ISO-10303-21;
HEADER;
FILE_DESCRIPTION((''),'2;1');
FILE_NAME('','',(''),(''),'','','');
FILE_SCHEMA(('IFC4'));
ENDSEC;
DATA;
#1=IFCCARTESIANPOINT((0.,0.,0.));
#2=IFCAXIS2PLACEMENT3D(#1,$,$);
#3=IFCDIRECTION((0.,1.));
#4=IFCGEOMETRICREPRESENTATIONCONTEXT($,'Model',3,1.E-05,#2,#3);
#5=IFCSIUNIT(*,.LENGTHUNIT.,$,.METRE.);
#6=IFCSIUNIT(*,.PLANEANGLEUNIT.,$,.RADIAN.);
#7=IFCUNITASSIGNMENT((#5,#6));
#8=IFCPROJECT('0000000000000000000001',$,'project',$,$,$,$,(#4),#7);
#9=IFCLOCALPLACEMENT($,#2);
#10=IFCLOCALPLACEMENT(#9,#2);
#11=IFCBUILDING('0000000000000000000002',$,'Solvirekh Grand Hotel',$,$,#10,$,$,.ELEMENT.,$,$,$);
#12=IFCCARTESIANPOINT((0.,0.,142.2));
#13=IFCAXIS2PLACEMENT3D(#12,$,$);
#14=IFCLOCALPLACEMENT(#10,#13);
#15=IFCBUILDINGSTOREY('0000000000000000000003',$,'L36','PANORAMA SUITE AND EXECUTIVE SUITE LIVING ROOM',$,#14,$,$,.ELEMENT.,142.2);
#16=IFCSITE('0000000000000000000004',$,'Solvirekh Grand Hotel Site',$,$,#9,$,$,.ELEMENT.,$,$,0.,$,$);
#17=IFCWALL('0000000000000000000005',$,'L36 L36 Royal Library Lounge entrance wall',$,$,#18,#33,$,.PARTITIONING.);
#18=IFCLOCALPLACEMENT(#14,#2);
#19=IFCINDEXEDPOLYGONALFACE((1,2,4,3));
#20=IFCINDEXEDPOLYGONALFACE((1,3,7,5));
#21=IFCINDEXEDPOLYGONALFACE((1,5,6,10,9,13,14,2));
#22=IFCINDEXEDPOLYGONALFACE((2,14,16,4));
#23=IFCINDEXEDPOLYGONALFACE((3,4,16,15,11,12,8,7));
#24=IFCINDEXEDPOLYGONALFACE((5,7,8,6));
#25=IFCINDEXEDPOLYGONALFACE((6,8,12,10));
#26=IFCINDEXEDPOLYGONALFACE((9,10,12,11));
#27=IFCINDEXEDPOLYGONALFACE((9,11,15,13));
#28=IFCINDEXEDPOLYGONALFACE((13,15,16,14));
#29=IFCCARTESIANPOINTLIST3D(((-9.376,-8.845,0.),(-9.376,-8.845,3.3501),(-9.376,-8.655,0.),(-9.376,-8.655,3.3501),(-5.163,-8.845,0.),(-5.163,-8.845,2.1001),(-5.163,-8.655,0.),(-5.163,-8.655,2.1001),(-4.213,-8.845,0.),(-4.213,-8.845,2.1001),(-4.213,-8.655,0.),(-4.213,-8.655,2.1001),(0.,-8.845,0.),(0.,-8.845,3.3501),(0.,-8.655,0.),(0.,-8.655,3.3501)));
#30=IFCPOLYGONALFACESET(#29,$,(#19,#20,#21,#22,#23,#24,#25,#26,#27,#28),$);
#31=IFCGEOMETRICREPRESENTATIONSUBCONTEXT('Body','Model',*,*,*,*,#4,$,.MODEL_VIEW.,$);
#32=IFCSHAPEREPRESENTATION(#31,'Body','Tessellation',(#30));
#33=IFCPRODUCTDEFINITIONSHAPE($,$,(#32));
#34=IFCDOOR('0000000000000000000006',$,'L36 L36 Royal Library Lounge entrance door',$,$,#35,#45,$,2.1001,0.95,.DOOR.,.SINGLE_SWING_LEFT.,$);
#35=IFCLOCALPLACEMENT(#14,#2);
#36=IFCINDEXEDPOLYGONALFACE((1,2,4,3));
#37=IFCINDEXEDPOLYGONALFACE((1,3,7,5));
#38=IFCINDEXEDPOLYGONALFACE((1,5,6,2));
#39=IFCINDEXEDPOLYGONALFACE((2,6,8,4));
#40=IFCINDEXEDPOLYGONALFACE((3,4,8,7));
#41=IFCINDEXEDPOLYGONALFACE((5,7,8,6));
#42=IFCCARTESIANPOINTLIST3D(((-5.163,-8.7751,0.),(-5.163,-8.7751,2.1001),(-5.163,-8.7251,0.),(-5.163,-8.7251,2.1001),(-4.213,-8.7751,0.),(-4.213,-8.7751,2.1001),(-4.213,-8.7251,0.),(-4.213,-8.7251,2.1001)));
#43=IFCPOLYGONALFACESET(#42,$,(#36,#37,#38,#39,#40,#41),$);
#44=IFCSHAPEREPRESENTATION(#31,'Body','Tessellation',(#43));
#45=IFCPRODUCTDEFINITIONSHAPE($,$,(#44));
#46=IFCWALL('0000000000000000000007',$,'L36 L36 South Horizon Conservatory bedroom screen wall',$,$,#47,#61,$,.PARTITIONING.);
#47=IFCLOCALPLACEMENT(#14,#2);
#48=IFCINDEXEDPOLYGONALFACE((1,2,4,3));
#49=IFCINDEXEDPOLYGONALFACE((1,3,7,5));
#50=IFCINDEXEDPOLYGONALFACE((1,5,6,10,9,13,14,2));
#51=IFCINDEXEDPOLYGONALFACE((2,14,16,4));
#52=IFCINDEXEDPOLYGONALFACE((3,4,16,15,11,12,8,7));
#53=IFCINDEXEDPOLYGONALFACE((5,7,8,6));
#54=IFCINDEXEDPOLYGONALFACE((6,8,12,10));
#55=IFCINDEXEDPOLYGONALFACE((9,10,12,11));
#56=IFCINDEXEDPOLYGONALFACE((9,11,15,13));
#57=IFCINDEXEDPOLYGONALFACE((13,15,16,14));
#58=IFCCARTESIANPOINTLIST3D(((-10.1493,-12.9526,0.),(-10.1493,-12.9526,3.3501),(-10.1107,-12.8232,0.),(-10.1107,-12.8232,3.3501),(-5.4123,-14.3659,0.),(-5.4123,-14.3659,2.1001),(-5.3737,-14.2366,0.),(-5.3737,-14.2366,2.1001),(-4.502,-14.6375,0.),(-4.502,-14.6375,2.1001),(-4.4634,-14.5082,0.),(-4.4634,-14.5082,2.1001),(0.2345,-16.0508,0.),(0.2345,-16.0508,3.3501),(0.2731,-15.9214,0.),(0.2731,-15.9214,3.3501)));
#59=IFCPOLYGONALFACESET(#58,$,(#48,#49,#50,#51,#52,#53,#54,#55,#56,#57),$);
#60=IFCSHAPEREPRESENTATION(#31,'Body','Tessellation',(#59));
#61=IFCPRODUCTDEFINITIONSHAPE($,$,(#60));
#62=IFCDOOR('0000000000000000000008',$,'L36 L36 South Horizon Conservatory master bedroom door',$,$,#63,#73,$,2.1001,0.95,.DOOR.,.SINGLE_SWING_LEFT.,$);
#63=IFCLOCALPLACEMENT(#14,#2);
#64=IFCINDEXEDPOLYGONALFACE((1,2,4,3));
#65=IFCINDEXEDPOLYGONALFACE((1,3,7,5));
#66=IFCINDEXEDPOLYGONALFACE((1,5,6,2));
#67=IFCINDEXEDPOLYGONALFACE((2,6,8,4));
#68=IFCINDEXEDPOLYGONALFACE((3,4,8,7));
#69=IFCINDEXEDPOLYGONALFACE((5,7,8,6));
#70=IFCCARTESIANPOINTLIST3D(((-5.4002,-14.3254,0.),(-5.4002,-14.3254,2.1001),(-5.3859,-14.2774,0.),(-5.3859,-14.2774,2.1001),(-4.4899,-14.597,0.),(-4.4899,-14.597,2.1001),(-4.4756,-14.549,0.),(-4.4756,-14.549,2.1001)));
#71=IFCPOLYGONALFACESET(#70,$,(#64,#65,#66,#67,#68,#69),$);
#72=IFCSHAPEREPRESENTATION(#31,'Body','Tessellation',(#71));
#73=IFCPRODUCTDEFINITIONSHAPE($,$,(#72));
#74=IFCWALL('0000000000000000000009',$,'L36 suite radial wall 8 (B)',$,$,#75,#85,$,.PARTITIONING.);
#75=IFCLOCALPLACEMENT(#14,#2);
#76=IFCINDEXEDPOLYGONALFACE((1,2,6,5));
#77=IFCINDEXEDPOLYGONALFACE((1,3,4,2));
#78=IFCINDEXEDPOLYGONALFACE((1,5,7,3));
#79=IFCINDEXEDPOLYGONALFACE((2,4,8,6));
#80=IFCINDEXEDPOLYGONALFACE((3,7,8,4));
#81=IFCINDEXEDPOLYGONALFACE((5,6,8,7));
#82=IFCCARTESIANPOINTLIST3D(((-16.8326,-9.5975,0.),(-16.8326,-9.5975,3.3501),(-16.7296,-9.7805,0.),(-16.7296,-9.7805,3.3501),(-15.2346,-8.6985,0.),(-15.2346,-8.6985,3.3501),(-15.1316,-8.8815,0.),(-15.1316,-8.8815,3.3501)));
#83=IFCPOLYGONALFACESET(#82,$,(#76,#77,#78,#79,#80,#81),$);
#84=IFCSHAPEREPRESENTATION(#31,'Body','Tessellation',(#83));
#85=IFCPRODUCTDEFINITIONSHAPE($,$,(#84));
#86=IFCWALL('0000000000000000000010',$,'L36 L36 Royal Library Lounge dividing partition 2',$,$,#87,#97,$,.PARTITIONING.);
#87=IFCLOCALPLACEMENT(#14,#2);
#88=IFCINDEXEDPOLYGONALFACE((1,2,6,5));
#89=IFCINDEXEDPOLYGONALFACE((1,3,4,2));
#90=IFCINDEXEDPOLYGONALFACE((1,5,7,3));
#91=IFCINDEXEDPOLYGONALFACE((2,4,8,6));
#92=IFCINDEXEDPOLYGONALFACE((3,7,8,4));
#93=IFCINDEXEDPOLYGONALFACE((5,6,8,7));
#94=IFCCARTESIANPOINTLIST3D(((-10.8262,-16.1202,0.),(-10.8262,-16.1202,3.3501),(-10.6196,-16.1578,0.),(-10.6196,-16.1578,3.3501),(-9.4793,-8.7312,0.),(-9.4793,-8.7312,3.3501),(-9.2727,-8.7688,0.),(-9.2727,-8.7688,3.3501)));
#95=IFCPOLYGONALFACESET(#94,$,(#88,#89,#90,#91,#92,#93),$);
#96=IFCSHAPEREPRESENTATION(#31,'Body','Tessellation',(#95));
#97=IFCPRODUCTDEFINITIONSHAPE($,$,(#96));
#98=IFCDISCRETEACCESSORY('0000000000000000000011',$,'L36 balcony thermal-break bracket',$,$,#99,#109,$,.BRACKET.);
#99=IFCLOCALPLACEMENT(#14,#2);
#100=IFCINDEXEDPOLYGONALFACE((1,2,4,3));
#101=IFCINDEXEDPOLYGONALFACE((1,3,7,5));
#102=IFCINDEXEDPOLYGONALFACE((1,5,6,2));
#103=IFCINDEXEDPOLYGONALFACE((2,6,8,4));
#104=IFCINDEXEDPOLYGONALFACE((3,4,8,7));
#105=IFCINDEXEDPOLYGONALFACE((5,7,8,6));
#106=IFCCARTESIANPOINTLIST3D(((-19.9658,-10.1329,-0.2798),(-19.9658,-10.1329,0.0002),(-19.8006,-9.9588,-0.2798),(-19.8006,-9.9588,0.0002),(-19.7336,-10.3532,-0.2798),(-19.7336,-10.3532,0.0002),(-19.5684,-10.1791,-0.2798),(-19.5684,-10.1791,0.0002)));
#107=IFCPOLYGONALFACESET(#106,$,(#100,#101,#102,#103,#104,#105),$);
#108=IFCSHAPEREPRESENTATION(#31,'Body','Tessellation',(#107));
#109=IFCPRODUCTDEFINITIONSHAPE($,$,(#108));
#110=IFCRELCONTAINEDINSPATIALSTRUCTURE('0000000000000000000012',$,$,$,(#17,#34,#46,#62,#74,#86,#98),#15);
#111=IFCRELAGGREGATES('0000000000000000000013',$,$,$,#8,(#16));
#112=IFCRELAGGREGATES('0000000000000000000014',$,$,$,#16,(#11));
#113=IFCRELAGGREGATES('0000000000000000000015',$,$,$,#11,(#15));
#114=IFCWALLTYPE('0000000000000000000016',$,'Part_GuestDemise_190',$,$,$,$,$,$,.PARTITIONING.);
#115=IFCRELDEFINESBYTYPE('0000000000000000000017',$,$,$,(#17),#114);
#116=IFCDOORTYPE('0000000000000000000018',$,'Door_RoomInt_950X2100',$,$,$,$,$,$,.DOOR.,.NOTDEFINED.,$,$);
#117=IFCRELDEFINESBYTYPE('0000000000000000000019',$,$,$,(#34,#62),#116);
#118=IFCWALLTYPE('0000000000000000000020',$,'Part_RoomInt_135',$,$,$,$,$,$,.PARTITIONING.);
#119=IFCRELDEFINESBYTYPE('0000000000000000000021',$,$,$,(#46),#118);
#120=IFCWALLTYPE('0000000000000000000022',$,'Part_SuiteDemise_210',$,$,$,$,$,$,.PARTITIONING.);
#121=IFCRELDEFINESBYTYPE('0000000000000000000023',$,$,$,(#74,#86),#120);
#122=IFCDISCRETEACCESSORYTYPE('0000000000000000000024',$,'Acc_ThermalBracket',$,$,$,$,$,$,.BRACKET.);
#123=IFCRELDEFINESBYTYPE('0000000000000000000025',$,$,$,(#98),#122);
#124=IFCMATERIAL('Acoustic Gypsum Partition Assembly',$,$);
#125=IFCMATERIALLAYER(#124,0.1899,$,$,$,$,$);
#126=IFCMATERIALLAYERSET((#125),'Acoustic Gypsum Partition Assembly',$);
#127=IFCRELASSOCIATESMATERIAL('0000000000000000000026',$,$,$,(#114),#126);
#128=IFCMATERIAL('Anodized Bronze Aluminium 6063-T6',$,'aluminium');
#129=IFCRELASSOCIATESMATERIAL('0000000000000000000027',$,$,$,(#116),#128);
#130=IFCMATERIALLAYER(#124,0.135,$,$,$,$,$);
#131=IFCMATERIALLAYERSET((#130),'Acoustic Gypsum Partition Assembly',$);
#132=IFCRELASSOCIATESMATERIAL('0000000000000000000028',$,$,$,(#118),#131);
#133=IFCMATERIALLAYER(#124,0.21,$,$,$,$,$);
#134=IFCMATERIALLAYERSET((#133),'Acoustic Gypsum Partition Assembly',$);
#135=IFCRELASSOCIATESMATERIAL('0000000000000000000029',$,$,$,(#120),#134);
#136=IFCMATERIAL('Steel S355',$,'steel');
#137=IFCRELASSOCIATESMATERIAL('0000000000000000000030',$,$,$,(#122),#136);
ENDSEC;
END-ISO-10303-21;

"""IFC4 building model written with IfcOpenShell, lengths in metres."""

from ifc_helpers import new_model, si_unit, direction, frame, frame_2d, origin, origin_2d, place, context, subcontext, project, spatial, rectangle, extrude, material, layer, layer_set, type_object, element, fill, save


model = new_model("IFC4")

# Units and contexts
model_context = context("Model", 3, precision=1e-05, world=origin(), true_north=direction((0.0, 1.0)))
body_context = subcontext(model_context, "Body", "Model", "MODEL_VIEW")
ifc_project = project(units=[si_unit("LENGTHUNIT", "METRE"), si_unit("PLANEANGLEUNIT", "RADIAN")], contexts=[model_context])

# Site, building, storey
site_placement = place(None, origin())
site = spatial("IfcSite", under=ifc_project, at=site_placement, Name="Solvirekh Grand Hotel Site", CompositionType="ELEMENT", RefElevation=0.0)
building_placement = place(site_placement, origin())
building = spatial("IfcBuilding", under=site, at=building_placement, Name="Solvirekh Grand Hotel", CompositionType="ELEMENT")
storey_placement = place(building_placement, frame((0.0, 0.0, 142.2)))
storey = spatial("IfcBuildingStorey", under=building, at=storey_placement, Name="L36", Description="PANORAMA SUITE AND EXECUTIVE SUITE LIVING ROOM", CompositionType="ELEMENT", Elevation=142.2)

# Shared definitions
ifc_material_1 = material(Name="Steel S355", Category="steel")

# Shared definitions
ifc_material_2 = material(Name="Anodized Bronze Aluminium 6063-T6", Category="aluminium")

# Walls, openings, doors
ifc_material_3 = material(Name="Acoustic Gypsum Partition Assembly")
ifc_layer_1 = layer(ifc_material_3, 0.1899)
ifc_layer_set_1 = layer_set([ifc_layer_1], Name="Acoustic Gypsum Partition Assembly")
wall_type_1 = type_object("IfcWallType", Name="Part_GuestDemise_190", PredefinedType="PARTITIONING", material=ifc_layer_set_1)
wall_1_placement = place(storey_placement, frame((-9.376, -8.75, 0.0), z_axis=(0.0, 0.0, 1.0), x_axis=(1.0, 0.0, 0.0)))
wall_1 = element("IfcWall", 1, at=wall_1_placement, inside=storey, type_object=wall_type_1, Name="L36 L36 Royal Library Lounge entrance wall", PredefinedType="PARTITIONING", context=body_context, shape_type="SweptSolid", body=[
    extrude(rectangle(XDim=9.376, YDim=0.1899, at=frame_2d((4.688, 0.0))), origin(), (0.0, 0.0, 1.0), 3.3501),
])
opening_1_placement = place(wall_1_placement, frame((4.2129, 0.0, 0.0)))
opening_1 = element("IfcOpeningElement", 2, at=opening_1_placement, cuts=wall_1, PredefinedType="OPENING", context=body_context, shape_type="SweptSolid", body=[
    extrude(rectangle(XDim=0.95, YDim=2.1001, at=frame_2d((0.4751, 1.05))), frame((0.0, 0.105, 0.0), z_axis=(0.0, -1.0, 0.0), x_axis=(1.0, 0.0, 0.0)), (0.0, 0.0, 1.0), 0.21),
])
door_type_1 = type_object("IfcDoorType", Name="Door_RoomInt_950X2100", OperationType="NOTDEFINED", PredefinedType="DOOR", material=ifc_material_2)
door_1_placement = place(opening_1_placement, origin())
door_1 = element("IfcDoor", 3, at=door_1_placement, inside=storey, type_object=door_type_1, Name="L36 L36 Royal Library Lounge entrance door", OperationType="SINGLE_SWING_LEFT", OverallHeight=2.1001, OverallWidth=0.95, PredefinedType="DOOR", context=body_context, shape_type="SweptSolid", body=[
    extrude(rectangle(XDim=0.95, YDim=2.1001, at=frame_2d((0.4751, 1.05))), frame((0.0, 0.0249, 0.0), z_axis=(0.0, -1.0, 0.0), x_axis=(1.0, 0.0, 0.0)), (0.0, 0.0, 1.0), 0.05),
])
fill(opening_1, door_1)
ifc_layer_2 = layer(ifc_material_3, 0.135)
ifc_layer_set_2 = layer_set([ifc_layer_2], Name="Acoustic Gypsum Partition Assembly")
wall_type_2 = type_object("IfcWallType", Name="Part_RoomInt_135", PredefinedType="PARTITIONING", material=ifc_layer_set_2)
wall_2_placement = place(storey_placement, frame((-10.1299, -12.8879, 0.0), z_axis=(0.0, 0.0, 1.0), x_axis=(0.958257, -0.285909, 0.0)))
wall_2 = element("IfcWall", 4, at=wall_2_placement, inside=storey, type_object=wall_type_2, Name="L36 L36 South Horizon Conservatory bedroom screen wall", PredefinedType="PARTITIONING", context=body_context, shape_type="SweptSolid", body=[
    extrude(rectangle(XDim=10.8362, YDim=0.135, at=frame_2d((5.418, 0.0))), origin(), (0.0, 0.0, 1.0), 3.3501),
])
opening_2_placement = place(wall_2_placement, frame((4.9431, 0.0, 0.0)))
opening_2 = element("IfcOpeningElement", 5, at=opening_2_placement, cuts=wall_2, PredefinedType="OPENING", context=body_context, shape_type="SweptSolid", body=[
    extrude(rectangle(XDim=0.95, YDim=2.1001, at=frame_2d((0.4751, 1.05))), frame((0.0, 0.0776, 0.0), z_axis=(0.0, -1.0, 0.0), x_axis=(1.0, 0.0, 0.0)), (0.0, 0.0, 1.0), 0.155),
])
door_2_placement = place(opening_2_placement, origin())
door_2 = element("IfcDoor", 6, at=door_2_placement, inside=storey, type_object=door_type_1, Name="L36 L36 South Horizon Conservatory master bedroom door", OperationType="SINGLE_SWING_LEFT", OverallHeight=2.1001, OverallWidth=0.95, PredefinedType="DOOR", context=body_context, shape_type="SweptSolid", body=[
    extrude(rectangle(XDim=0.95, YDim=2.1001, at=frame_2d((0.4751, 1.05))), frame((0.0, 0.0249, 0.0), z_axis=(0.0, -1.0, 0.0), x_axis=(1.0, 0.0, 0.0)), (0.0, 0.0, 1.0), 0.05),
])
fill(opening_2, door_2)

# Walls
ifc_layer_3 = layer(ifc_material_3, 0.21)
ifc_layer_set_3 = layer_set([ifc_layer_3], Name="Acoustic Gypsum Partition Assembly")
wall_type_3 = type_object("IfcWallType", Name="Part_SuiteDemise_210", PredefinedType="PARTITIONING", material=ifc_layer_set_3)
wall_3_placement = place(storey_placement, frame((-15.1831, -8.79, 0.0), z_axis=(0.0, 0.0, 1.0), x_axis=(-0.871551, -0.490305, 0.0)))
element("IfcWall", 7, at=wall_3_placement, inside=storey, type_object=wall_type_3, Name="L36 suite radial wall 8 (B)", PredefinedType="PARTITIONING", context=body_context, shape_type="SweptSolid", body=[
    extrude(rectangle(XDim=1.8335, YDim=0.21, at=frame_2d((0.9167, 0.0))), origin(), (0.0, 0.0, 1.0), 3.3501),
])
wall_4_placement = place(storey_placement, frame((-9.376, -8.75, 0.0), z_axis=(0.0, 0.0, 1.0), x_axis=(-0.179335, -0.983788, 0.0)))
element("IfcWall", 8, at=wall_4_placement, inside=storey, type_object=wall_type_3, Name="L36 L36 Royal Library Lounge dividing partition 2", PredefinedType="PARTITIONING", context=body_context, shape_type="SweptSolid", body=[
    extrude(rectangle(XDim=7.5107, YDim=0.21, at=frame_2d((3.7554, 0.0))), origin(), (0.0, 0.0, 1.0), 3.3501),
])

# Discrete accessory
discrete_accessory_type = type_object("IfcDiscreteAccessoryType", Name="Acc_ThermalBracket", PredefinedType="BRACKET", material=ifc_material_1)
discrete_accessory_placement = place(storey_placement, frame((-19.7671, -10.156, -0.2798), z_axis=(0.0, 0.0, 1.0), x_axis=(0.725374, -0.688355, 0.0)))
element("IfcDiscreteAccessory", 9, at=discrete_accessory_placement, inside=storey, type_object=discrete_accessory_type, Name="L36 balcony thermal-break bracket", PredefinedType="BRACKET", context=body_context, shape_type="SweptSolid", body=[
    extrude(rectangle(XDim=0.3201, YDim=0.24, at=origin_2d()), origin(), (0.0, 0.0, 1.0), 0.28),
])

save(model, "model.ifc")
